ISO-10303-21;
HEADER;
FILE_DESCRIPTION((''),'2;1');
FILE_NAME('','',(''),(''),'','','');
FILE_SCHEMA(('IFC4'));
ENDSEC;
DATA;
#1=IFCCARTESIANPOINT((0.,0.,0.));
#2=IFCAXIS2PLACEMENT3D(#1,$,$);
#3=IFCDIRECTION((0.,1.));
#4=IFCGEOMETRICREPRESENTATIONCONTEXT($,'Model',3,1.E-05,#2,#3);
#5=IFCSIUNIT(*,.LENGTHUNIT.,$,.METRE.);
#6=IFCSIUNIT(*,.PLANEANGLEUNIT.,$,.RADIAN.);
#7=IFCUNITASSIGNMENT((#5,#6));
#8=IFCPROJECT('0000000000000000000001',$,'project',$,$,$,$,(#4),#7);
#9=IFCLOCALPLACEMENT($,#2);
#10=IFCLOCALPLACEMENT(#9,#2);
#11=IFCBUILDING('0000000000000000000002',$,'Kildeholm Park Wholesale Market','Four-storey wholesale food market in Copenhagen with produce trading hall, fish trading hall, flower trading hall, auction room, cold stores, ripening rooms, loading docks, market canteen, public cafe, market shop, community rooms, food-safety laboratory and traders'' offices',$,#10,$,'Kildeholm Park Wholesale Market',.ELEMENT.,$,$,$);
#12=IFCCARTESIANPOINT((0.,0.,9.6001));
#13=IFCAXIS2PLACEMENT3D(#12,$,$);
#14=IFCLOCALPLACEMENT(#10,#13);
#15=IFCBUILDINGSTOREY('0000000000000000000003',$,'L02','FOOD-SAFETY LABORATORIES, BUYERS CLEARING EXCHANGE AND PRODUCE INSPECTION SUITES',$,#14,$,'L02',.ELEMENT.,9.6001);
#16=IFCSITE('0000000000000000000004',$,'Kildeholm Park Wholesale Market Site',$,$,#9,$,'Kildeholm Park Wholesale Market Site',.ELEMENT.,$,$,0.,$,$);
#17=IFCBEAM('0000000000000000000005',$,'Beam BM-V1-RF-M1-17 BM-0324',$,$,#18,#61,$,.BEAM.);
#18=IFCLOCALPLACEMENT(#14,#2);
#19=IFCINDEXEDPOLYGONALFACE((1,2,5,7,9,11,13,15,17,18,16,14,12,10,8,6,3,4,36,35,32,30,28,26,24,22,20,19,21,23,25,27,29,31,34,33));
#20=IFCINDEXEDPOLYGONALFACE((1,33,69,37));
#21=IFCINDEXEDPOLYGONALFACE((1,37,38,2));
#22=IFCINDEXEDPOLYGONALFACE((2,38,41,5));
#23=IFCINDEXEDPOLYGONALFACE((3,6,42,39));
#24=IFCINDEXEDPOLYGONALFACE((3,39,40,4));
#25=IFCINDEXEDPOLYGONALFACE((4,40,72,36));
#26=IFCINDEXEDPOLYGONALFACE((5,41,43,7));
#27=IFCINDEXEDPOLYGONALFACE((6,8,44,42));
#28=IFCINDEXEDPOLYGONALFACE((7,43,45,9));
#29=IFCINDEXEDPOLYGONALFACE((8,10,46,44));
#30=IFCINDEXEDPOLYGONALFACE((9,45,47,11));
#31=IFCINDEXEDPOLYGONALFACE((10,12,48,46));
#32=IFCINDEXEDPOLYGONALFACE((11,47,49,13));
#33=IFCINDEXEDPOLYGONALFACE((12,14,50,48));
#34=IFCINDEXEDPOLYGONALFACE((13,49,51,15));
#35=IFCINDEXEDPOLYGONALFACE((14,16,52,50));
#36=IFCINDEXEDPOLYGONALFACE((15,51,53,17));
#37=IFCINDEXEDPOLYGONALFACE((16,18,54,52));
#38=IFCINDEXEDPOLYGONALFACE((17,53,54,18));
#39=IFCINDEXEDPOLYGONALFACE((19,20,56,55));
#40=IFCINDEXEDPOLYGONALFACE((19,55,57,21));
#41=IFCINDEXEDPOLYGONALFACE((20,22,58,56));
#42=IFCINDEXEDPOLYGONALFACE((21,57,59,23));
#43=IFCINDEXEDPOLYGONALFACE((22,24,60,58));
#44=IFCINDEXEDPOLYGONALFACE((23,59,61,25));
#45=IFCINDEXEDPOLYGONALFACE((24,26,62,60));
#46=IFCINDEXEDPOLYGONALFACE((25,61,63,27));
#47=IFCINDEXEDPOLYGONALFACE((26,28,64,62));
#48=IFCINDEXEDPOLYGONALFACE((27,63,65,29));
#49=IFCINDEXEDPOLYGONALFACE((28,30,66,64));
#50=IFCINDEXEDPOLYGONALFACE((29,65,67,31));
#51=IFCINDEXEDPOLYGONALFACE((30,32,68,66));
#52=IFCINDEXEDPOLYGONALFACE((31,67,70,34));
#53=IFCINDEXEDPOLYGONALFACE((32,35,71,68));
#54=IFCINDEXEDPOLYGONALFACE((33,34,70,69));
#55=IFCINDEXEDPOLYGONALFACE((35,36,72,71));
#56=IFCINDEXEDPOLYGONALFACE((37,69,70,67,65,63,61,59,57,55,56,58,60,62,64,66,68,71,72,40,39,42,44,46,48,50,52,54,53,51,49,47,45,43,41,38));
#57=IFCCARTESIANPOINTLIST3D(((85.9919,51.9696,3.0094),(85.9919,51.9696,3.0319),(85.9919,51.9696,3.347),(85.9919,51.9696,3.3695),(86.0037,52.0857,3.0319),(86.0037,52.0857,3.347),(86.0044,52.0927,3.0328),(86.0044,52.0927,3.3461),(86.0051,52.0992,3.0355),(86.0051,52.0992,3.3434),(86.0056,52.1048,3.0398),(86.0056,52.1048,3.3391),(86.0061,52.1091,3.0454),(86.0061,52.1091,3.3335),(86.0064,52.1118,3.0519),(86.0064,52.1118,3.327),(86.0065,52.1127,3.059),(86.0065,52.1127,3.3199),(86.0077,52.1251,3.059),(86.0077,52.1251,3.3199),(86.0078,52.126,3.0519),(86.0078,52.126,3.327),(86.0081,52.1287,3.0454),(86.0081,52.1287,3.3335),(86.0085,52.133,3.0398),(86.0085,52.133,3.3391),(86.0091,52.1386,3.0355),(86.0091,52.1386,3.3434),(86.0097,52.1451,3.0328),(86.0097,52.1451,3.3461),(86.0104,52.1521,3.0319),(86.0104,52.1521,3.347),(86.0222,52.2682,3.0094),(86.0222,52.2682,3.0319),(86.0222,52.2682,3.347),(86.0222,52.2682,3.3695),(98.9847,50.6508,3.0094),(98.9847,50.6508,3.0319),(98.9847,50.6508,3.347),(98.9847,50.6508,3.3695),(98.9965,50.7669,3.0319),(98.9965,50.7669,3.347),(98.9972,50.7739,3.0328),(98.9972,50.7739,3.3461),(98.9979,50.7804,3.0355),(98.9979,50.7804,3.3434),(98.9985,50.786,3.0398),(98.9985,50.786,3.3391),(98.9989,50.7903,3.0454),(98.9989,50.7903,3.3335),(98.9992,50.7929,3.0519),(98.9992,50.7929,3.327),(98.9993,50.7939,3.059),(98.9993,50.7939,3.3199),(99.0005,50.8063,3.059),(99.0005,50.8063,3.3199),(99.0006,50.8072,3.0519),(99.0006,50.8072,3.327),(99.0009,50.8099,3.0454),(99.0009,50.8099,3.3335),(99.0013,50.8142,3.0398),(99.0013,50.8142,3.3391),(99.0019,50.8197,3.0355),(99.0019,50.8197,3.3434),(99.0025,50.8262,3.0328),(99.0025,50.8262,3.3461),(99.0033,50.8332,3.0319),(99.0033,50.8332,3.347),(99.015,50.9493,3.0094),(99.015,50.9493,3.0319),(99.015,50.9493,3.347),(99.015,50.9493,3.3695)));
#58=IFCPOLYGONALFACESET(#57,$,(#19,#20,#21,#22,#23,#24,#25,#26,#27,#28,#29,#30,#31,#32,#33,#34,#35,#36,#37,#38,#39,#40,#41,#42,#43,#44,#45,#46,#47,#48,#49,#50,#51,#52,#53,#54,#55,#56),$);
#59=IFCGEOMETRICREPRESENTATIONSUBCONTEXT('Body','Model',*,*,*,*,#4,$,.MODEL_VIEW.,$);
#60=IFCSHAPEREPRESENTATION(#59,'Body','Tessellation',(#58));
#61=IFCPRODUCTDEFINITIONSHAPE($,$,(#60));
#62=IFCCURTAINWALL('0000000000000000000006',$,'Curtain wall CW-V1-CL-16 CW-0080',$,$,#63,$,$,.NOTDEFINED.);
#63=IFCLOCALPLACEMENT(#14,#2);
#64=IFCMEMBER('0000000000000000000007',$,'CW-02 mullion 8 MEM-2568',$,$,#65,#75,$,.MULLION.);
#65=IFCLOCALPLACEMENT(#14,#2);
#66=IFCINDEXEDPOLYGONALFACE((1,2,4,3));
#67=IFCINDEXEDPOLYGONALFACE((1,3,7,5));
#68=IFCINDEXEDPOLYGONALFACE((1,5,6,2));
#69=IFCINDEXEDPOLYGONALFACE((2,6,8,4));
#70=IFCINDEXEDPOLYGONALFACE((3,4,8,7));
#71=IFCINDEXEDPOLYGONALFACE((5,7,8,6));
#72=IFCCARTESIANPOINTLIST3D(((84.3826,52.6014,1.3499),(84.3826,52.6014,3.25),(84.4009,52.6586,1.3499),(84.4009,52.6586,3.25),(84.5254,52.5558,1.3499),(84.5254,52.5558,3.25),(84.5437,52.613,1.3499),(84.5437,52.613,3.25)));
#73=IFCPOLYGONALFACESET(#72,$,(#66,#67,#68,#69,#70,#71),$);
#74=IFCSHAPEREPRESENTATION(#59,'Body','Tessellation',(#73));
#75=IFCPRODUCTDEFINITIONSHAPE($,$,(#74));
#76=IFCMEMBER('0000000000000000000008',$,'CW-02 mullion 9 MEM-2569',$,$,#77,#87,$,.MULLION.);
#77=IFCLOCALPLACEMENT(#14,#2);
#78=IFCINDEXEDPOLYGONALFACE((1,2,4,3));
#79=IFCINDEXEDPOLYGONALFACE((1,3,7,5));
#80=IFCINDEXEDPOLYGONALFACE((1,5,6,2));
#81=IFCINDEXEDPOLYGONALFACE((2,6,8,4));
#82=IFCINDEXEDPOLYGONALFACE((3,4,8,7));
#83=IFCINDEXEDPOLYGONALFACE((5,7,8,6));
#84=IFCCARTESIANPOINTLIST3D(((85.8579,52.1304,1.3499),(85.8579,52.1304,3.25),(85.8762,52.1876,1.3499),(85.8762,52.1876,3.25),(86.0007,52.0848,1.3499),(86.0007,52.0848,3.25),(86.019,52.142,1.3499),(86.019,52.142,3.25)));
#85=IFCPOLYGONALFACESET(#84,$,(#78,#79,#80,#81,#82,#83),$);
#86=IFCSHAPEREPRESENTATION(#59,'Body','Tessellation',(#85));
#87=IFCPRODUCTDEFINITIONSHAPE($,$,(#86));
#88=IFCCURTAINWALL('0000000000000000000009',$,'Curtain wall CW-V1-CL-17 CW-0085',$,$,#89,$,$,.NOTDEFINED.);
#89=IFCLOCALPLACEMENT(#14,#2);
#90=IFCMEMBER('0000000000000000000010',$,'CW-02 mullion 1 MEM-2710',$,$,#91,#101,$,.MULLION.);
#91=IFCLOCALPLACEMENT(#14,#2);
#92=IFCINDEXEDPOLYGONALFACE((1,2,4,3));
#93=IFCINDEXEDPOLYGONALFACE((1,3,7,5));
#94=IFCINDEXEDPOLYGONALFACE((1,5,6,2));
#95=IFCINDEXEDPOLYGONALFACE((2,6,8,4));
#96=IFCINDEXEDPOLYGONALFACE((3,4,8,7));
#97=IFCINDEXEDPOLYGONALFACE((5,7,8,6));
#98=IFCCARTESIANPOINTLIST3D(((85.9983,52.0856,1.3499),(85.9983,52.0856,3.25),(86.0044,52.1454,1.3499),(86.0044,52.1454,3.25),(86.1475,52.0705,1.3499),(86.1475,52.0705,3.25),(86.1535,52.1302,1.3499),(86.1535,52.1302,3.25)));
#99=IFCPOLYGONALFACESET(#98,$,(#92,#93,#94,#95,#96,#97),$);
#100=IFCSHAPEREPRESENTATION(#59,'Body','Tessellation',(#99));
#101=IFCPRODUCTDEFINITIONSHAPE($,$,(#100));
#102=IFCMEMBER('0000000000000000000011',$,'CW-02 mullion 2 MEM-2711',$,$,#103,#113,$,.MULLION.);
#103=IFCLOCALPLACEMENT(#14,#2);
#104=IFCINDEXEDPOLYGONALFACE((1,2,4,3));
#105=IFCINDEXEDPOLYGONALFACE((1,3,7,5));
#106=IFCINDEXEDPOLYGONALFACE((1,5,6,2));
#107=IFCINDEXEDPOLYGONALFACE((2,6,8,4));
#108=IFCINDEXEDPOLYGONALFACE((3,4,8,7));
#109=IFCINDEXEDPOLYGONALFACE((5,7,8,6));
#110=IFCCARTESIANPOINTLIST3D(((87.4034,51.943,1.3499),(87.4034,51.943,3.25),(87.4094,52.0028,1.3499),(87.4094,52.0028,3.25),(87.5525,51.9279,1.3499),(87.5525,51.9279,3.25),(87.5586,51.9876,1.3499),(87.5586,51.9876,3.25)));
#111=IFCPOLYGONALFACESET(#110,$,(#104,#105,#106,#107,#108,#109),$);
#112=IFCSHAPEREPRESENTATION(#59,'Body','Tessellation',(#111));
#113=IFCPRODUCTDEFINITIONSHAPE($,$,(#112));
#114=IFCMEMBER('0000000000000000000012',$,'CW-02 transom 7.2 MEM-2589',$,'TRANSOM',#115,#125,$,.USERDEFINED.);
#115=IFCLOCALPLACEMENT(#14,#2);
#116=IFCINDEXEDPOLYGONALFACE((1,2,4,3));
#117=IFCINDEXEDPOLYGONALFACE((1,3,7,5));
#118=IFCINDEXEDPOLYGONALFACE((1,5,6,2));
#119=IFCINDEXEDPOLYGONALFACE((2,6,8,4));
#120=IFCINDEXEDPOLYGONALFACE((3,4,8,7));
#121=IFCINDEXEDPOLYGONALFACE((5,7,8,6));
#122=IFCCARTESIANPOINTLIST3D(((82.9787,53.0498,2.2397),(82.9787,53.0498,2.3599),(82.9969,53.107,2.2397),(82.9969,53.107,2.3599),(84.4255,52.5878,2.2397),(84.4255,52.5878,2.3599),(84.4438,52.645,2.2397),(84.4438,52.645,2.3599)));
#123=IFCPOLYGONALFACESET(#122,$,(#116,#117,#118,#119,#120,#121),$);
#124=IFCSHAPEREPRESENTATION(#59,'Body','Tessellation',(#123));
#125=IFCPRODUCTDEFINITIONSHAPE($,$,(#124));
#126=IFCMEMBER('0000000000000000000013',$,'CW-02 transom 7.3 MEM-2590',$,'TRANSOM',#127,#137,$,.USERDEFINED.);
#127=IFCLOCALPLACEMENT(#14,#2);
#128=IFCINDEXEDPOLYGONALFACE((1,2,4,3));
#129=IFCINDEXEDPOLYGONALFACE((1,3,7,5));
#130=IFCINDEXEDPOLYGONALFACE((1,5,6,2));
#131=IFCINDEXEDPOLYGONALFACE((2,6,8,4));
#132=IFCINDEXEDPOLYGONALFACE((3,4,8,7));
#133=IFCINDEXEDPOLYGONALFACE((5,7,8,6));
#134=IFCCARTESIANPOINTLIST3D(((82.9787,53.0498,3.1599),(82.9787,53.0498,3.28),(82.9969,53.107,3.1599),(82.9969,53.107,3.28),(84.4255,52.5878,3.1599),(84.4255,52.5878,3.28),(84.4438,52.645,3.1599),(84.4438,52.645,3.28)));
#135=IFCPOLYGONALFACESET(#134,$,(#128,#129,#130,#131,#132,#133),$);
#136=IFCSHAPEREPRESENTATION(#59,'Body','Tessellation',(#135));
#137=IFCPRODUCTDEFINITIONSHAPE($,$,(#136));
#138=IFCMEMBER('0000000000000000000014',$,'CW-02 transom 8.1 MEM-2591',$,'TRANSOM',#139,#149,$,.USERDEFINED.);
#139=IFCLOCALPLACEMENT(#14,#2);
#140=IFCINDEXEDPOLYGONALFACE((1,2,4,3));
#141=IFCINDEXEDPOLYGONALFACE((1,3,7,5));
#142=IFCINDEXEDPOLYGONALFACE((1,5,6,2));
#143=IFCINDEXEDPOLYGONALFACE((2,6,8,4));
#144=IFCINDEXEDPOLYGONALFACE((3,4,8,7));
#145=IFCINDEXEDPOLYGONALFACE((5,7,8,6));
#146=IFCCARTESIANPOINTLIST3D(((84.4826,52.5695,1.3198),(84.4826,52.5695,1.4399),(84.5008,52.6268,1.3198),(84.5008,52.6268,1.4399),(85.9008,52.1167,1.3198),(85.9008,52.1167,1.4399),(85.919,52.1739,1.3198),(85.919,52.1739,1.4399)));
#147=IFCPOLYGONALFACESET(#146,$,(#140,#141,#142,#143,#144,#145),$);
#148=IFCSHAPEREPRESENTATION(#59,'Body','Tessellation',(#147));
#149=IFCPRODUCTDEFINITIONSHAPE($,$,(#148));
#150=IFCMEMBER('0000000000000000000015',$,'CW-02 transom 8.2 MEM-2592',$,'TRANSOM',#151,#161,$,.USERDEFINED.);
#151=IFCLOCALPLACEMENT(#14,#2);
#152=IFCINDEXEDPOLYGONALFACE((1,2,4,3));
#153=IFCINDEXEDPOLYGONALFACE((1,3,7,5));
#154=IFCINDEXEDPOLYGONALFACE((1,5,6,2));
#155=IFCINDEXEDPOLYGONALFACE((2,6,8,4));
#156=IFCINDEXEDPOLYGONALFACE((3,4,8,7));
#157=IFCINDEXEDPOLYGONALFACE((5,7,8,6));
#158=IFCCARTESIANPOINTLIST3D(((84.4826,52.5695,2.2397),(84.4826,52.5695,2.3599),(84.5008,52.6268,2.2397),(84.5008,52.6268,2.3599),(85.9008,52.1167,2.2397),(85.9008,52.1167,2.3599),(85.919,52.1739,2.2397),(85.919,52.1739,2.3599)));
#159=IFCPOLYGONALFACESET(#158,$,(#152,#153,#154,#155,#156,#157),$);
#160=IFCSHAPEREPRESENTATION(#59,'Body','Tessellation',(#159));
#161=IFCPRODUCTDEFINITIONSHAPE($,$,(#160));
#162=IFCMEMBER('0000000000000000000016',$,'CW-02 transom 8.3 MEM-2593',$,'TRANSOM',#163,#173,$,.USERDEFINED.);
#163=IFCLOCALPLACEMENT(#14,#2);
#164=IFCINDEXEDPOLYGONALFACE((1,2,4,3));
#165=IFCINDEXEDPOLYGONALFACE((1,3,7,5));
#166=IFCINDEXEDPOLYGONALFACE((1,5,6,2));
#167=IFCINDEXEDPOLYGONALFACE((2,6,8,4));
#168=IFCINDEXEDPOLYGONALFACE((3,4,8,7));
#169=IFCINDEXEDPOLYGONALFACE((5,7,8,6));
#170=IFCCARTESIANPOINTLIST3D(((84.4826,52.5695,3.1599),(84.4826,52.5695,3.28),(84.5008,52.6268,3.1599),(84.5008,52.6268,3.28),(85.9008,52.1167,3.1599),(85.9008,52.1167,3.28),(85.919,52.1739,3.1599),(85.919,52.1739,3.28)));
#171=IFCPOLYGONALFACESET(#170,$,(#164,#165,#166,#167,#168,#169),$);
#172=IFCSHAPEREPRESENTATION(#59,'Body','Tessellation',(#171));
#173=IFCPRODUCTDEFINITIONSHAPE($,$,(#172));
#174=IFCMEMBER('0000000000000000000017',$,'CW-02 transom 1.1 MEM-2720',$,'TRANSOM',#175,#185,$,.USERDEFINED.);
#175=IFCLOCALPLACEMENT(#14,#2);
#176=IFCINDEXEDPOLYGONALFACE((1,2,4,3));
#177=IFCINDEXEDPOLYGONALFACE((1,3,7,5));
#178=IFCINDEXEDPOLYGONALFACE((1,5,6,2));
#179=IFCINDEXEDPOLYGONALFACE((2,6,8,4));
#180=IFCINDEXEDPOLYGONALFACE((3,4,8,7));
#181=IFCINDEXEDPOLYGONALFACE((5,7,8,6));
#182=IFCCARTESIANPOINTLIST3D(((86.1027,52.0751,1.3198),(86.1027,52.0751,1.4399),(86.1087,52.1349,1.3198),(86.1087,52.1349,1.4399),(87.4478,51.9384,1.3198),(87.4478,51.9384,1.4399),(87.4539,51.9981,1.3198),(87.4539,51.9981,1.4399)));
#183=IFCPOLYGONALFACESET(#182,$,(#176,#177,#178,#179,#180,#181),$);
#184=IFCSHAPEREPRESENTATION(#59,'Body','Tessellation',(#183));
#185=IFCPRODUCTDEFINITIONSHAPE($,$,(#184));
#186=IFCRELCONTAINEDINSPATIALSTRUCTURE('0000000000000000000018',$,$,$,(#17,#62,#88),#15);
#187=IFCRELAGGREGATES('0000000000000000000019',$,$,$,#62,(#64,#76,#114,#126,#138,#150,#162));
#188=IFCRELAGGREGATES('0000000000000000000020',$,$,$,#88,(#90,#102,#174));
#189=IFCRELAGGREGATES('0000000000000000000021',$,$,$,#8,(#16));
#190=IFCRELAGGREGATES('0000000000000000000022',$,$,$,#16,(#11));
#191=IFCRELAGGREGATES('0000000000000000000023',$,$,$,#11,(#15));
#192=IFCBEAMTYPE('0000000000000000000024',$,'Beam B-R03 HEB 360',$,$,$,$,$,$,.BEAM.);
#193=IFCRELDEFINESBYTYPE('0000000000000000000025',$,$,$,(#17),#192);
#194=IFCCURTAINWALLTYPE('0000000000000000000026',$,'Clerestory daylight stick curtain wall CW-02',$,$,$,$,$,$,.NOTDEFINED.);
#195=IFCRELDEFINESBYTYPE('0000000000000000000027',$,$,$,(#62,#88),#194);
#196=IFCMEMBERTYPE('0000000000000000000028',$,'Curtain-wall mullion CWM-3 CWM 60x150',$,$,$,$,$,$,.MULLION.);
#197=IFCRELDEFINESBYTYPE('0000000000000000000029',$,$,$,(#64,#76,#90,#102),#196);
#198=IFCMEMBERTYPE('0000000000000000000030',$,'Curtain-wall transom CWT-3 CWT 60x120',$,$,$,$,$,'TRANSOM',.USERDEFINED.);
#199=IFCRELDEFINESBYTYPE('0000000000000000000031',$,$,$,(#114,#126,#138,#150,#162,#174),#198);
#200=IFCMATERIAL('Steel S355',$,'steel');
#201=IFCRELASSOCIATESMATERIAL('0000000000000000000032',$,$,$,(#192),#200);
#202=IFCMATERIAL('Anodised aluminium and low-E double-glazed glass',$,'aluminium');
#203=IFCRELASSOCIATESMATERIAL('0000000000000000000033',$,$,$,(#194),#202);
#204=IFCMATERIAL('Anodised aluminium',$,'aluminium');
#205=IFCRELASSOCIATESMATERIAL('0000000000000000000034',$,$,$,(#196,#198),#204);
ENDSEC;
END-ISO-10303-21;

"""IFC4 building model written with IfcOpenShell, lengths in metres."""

from ifc_helpers import new_model, si_unit, direction, frame, origin, origin_2d, place, context, subcontext, project, spatial, rectangle, i_section, extrude, material, material_profile, profile_set, type_object, element, aggregate, save


model = new_model("IFC4")

# Units and contexts
model_context = context("Model", 3, precision=1e-05, world=origin(), true_north=direction((0.0, 1.0)))
body_context = subcontext(model_context, "Body", "Model", "MODEL_VIEW")
ifc_project = project(units=[si_unit("LENGTHUNIT", "METRE"), si_unit("PLANEANGLEUNIT", "RADIAN")], contexts=[model_context])

# Site, building, storey
site_placement = place(None, origin())
site = spatial("IfcSite", under=ifc_project, at=site_placement, Name="Kildeholm Park Wholesale Market Site", LongName="Kildeholm Park Wholesale Market Site", CompositionType="ELEMENT", RefElevation=0.0)
building_placement = place(site_placement, origin())
building = spatial("IfcBuilding", under=site, at=building_placement, Name="Kildeholm Park Wholesale Market", Description="Four-storey wholesale food market in Copenhagen with produce trading hall, fish trading hall, flower trading hall, auction room, cold stores, ripening rooms, loading docks, market canteen, public cafe, market shop, community rooms, food-safety laboratory and traders' offices", LongName="Kildeholm Park Wholesale Market", CompositionType="ELEMENT")
storey_placement = place(building_placement, frame((0.0, 0.0, 9.6001)))
storey = spatial("IfcBuildingStorey", under=building, at=storey_placement, Name="L02", Description="FOOD-SAFETY LABORATORIES, BUYERS CLEARING EXCHANGE AND PRODUCE INSPECTION SUITES", LongName="L02", CompositionType="ELEMENT", Elevation=9.6001)

# Shared definitions
ifc_material_1 = material(Name="Steel S355", Category="steel")

# Beam
ifc_material_profile_1 = material_profile(ifc_material_1, i_section(OverallWidth=0.3, OverallDepth=0.3601, WebThickness=0.0125, FlangeThickness=0.0225, FilletRadius=0.0271, at=origin_2d()), Name="HEB 360")
ifc_profile_set_1 = profile_set([ifc_material_profile_1], Name="Steel S355")
beam_type_1 = type_object("IfcBeamType", Name="Beam B-R03 HEB 360", PredefinedType="BEAM", material=ifc_profile_set_1)
beam_1_placement = place(storey_placement, frame((86.0071, 52.1189, 3.1895), z_axis=(0.994888, -0.100986, 0.0), x_axis=(0.100986, 0.994888, 0.0)))
element("IfcBeam", 1, at=beam_1_placement, inside=storey, type_object=beam_type_1, Name="Beam BM-V1-RF-M1-17 BM-0324", PredefinedType="BEAM", context=body_context, shape_type="SweptSolid", body=[
    extrude(i_section(OverallWidth=0.3, OverallDepth=0.3601, WebThickness=0.0125, FlangeThickness=0.0225, FilletRadius=0.0271, at=origin_2d()), origin(), (0.0, 0.0, 1.0), 13.0596),
])

# Curtain walls, members
ifc_material_2 = material(Name="Anodised aluminium and low-E double-glazed glass", Category="aluminium")
curtain_wall_type = type_object("IfcCurtainWallType", Name="Clerestory daylight stick curtain wall CW-02", PredefinedType="NOTDEFINED", material=ifc_material_2)
curtain_wall_1_placement = place(storey_placement, origin())
curtain_wall_1 = element("IfcCurtainWall", 2, at=curtain_wall_1_placement, inside=storey, type_object=curtain_wall_type, Name="Curtain wall CW-V1-CL-16 CW-0080", PredefinedType="NOTDEFINED")
ifc_material_3 = material(Name="Anodised aluminium", Category="aluminium")
ifc_material_profile_2 = material_profile(ifc_material_3, rectangle(XDim=0.0601, YDim=0.1499, at=origin_2d()), Name="CWM 60x150")
ifc_profile_set_2 = profile_set([ifc_material_profile_2], Name="Anodised aluminium")
member_type_1 = type_object("IfcMemberType", Name="Curtain-wall mullion CWM-3 CWM 60x150", PredefinedType="MULLION", material=ifc_profile_set_2)
member_1_placement = place(storey_placement, frame((84.4631, 52.6072, 1.3499), z_axis=(0.0, 0.0, 1.0), x_axis=(0.304207, 0.952606, 0.0)))
member_1 = element("IfcMember", 3, at=member_1_placement, type_object=member_type_1, Name="CW-02 mullion 8 MEM-2568", PredefinedType="MULLION", context=body_context, shape_type="SweptSolid", body=[
    extrude(rectangle(XDim=0.0601, YDim=0.1499, at=origin_2d()), origin(), (0.0, 0.0, 1.0), 1.9001),
])
member_2_placement = place(storey_placement, frame((85.9385, 52.1362, 1.3499), z_axis=(0.0, 0.0, 1.0), x_axis=(0.304207, 0.952606, 0.0)))
member_2 = element("IfcMember", 4, at=member_2_placement, type_object=member_type_1, Name="CW-02 mullion 9 MEM-2569", PredefinedType="MULLION", context=body_context, shape_type="SweptSolid", body=[
    extrude(rectangle(XDim=0.0601, YDim=0.1499, at=origin_2d()), origin(), (0.0, 0.0, 1.0), 1.9001),
])
curtain_wall_2_placement = place(storey_placement, origin())
curtain_wall_2 = element("IfcCurtainWall", 5, at=curtain_wall_2_placement, inside=storey, type_object=curtain_wall_type, Name="Curtain wall CW-V1-CL-17 CW-0085", PredefinedType="NOTDEFINED")
member_3_placement = place(storey_placement, frame((86.0759, 52.1079, 1.3499), z_axis=(0.0, 0.0, 1.0), x_axis=(0.100999, 0.994887, 0.0)))
member_3 = element("IfcMember", 6, at=member_3_placement, type_object=member_type_1, Name="CW-02 mullion 1 MEM-2710", PredefinedType="MULLION", context=body_context, shape_type="SweptSolid", body=[
    extrude(rectangle(XDim=0.0601, YDim=0.1499, at=origin_2d()), origin(), (0.0, 0.0, 1.0), 1.9001),
])
member_4_placement = place(storey_placement, frame((87.481, 51.9653, 1.3499), z_axis=(0.0, 0.0, 1.0), x_axis=(0.100999, 0.994887, 0.0)))
member_4 = element("IfcMember", 7, at=member_4_placement, type_object=member_type_1, Name="CW-02 mullion 2 MEM-2711", PredefinedType="MULLION", context=body_context, shape_type="SweptSolid", body=[
    extrude(rectangle(XDim=0.0601, YDim=0.1499, at=origin_2d()), origin(), (0.0, 0.0, 1.0), 1.9001),
])

# Members
ifc_material_profile_3 = material_profile(ifc_material_3, rectangle(XDim=0.0601, YDim=0.1201, at=origin_2d()), Name="CWT 60x120")
ifc_profile_set_3 = profile_set([ifc_material_profile_3], Name="Anodised aluminium")
member_type_2 = type_object("IfcMemberType", Name="Curtain-wall transom CWT-3 CWT 60x120", ElementType="TRANSOM", PredefinedType="USERDEFINED", material=ifc_profile_set_3)
member_5_placement = place(storey_placement, frame((82.9878, 53.0784, 2.2998), z_axis=(0.952626, -0.304146, 0.0), x_axis=(0.304146, 0.952626, 0.0)))
member_5 = element("IfcMember", 8, at=member_5_placement, type_object=member_type_2, Name="CW-02 transom 7.2 MEM-2589", ObjectType="TRANSOM", PredefinedType="USERDEFINED", context=body_context, shape_type="SweptSolid", body=[
    extrude(rectangle(XDim=0.0601, YDim=0.1201, at=origin_2d()), origin(), (0.0, 0.0, 1.0), 1.5188),
])
member_6_placement = place(storey_placement, frame((82.9878, 53.0784, 3.22), z_axis=(0.952626, -0.304146, 0.0), x_axis=(0.304146, 0.952626, 0.0)))
member_6 = element("IfcMember", 9, at=member_6_placement, type_object=member_type_2, Name="CW-02 transom 7.3 MEM-2590", ObjectType="TRANSOM", PredefinedType="USERDEFINED", context=body_context, shape_type="SweptSolid", body=[
    extrude(rectangle(XDim=0.0601, YDim=0.1201, at=origin_2d()), origin(), (0.0, 0.0, 1.0), 1.5188),
])
member_7_placement = place(storey_placement, frame((84.4917, 52.5981, 1.3799), z_axis=(0.952609, -0.304198, 0.0), x_axis=(0.304198, 0.952609, 0.0)))
member_7 = element("IfcMember", 10, at=member_7_placement, type_object=member_type_2, Name="CW-02 transom 8.1 MEM-2591", ObjectType="TRANSOM", PredefinedType="USERDEFINED", context=body_context, shape_type="SweptSolid", body=[
    extrude(rectangle(XDim=0.0601, YDim=0.1201, at=origin_2d()), origin(), (0.0, 0.0, 1.0), 1.4888),
])
member_8_placement = place(storey_placement, frame((84.4917, 52.5981, 2.2998), z_axis=(0.952609, -0.304198, 0.0), x_axis=(0.304198, 0.952609, 0.0)))
member_8 = element("IfcMember", 11, at=member_8_placement, type_object=member_type_2, Name="CW-02 transom 8.2 MEM-2592", ObjectType="TRANSOM", PredefinedType="USERDEFINED", context=body_context, shape_type="SweptSolid", body=[
    extrude(rectangle(XDim=0.0601, YDim=0.1201, at=origin_2d()), origin(), (0.0, 0.0, 1.0), 1.4888),
])
member_9_placement = place(storey_placement, frame((84.4917, 52.5981, 3.22), z_axis=(0.952609, -0.304198, 0.0), x_axis=(0.304198, 0.952609, 0.0)))
member_9 = element("IfcMember", 12, at=member_9_placement, type_object=member_type_2, Name="CW-02 transom 8.3 MEM-2593", ObjectType="TRANSOM", PredefinedType="USERDEFINED", context=body_context, shape_type="SweptSolid", body=[
    extrude(rectangle(XDim=0.0601, YDim=0.1201, at=origin_2d()), origin(), (0.0, 0.0, 1.0), 1.4888),
])
member_10_placement = place(storey_placement, frame((86.1057, 52.105, 1.3799), z_axis=(0.994875, -0.101113, 0.0), x_axis=(0.101113, 0.994875, 0.0)))
member_10 = element("IfcMember", 13, at=member_10_placement, type_object=member_type_2, Name="CW-02 transom 1.1 MEM-2720", ObjectType="TRANSOM", PredefinedType="USERDEFINED", context=body_context, shape_type="SweptSolid", body=[
    extrude(rectangle(XDim=0.0601, YDim=0.1201, at=origin_2d()), origin(), (0.0, 0.0, 1.0), 1.3521),
])

aggregate(curtain_wall_1, [member_1, member_2, member_5, member_6, member_7, member_8, member_9])
aggregate(curtain_wall_2, [member_3, member_4, member_10])

save(model, "model.ifc")
